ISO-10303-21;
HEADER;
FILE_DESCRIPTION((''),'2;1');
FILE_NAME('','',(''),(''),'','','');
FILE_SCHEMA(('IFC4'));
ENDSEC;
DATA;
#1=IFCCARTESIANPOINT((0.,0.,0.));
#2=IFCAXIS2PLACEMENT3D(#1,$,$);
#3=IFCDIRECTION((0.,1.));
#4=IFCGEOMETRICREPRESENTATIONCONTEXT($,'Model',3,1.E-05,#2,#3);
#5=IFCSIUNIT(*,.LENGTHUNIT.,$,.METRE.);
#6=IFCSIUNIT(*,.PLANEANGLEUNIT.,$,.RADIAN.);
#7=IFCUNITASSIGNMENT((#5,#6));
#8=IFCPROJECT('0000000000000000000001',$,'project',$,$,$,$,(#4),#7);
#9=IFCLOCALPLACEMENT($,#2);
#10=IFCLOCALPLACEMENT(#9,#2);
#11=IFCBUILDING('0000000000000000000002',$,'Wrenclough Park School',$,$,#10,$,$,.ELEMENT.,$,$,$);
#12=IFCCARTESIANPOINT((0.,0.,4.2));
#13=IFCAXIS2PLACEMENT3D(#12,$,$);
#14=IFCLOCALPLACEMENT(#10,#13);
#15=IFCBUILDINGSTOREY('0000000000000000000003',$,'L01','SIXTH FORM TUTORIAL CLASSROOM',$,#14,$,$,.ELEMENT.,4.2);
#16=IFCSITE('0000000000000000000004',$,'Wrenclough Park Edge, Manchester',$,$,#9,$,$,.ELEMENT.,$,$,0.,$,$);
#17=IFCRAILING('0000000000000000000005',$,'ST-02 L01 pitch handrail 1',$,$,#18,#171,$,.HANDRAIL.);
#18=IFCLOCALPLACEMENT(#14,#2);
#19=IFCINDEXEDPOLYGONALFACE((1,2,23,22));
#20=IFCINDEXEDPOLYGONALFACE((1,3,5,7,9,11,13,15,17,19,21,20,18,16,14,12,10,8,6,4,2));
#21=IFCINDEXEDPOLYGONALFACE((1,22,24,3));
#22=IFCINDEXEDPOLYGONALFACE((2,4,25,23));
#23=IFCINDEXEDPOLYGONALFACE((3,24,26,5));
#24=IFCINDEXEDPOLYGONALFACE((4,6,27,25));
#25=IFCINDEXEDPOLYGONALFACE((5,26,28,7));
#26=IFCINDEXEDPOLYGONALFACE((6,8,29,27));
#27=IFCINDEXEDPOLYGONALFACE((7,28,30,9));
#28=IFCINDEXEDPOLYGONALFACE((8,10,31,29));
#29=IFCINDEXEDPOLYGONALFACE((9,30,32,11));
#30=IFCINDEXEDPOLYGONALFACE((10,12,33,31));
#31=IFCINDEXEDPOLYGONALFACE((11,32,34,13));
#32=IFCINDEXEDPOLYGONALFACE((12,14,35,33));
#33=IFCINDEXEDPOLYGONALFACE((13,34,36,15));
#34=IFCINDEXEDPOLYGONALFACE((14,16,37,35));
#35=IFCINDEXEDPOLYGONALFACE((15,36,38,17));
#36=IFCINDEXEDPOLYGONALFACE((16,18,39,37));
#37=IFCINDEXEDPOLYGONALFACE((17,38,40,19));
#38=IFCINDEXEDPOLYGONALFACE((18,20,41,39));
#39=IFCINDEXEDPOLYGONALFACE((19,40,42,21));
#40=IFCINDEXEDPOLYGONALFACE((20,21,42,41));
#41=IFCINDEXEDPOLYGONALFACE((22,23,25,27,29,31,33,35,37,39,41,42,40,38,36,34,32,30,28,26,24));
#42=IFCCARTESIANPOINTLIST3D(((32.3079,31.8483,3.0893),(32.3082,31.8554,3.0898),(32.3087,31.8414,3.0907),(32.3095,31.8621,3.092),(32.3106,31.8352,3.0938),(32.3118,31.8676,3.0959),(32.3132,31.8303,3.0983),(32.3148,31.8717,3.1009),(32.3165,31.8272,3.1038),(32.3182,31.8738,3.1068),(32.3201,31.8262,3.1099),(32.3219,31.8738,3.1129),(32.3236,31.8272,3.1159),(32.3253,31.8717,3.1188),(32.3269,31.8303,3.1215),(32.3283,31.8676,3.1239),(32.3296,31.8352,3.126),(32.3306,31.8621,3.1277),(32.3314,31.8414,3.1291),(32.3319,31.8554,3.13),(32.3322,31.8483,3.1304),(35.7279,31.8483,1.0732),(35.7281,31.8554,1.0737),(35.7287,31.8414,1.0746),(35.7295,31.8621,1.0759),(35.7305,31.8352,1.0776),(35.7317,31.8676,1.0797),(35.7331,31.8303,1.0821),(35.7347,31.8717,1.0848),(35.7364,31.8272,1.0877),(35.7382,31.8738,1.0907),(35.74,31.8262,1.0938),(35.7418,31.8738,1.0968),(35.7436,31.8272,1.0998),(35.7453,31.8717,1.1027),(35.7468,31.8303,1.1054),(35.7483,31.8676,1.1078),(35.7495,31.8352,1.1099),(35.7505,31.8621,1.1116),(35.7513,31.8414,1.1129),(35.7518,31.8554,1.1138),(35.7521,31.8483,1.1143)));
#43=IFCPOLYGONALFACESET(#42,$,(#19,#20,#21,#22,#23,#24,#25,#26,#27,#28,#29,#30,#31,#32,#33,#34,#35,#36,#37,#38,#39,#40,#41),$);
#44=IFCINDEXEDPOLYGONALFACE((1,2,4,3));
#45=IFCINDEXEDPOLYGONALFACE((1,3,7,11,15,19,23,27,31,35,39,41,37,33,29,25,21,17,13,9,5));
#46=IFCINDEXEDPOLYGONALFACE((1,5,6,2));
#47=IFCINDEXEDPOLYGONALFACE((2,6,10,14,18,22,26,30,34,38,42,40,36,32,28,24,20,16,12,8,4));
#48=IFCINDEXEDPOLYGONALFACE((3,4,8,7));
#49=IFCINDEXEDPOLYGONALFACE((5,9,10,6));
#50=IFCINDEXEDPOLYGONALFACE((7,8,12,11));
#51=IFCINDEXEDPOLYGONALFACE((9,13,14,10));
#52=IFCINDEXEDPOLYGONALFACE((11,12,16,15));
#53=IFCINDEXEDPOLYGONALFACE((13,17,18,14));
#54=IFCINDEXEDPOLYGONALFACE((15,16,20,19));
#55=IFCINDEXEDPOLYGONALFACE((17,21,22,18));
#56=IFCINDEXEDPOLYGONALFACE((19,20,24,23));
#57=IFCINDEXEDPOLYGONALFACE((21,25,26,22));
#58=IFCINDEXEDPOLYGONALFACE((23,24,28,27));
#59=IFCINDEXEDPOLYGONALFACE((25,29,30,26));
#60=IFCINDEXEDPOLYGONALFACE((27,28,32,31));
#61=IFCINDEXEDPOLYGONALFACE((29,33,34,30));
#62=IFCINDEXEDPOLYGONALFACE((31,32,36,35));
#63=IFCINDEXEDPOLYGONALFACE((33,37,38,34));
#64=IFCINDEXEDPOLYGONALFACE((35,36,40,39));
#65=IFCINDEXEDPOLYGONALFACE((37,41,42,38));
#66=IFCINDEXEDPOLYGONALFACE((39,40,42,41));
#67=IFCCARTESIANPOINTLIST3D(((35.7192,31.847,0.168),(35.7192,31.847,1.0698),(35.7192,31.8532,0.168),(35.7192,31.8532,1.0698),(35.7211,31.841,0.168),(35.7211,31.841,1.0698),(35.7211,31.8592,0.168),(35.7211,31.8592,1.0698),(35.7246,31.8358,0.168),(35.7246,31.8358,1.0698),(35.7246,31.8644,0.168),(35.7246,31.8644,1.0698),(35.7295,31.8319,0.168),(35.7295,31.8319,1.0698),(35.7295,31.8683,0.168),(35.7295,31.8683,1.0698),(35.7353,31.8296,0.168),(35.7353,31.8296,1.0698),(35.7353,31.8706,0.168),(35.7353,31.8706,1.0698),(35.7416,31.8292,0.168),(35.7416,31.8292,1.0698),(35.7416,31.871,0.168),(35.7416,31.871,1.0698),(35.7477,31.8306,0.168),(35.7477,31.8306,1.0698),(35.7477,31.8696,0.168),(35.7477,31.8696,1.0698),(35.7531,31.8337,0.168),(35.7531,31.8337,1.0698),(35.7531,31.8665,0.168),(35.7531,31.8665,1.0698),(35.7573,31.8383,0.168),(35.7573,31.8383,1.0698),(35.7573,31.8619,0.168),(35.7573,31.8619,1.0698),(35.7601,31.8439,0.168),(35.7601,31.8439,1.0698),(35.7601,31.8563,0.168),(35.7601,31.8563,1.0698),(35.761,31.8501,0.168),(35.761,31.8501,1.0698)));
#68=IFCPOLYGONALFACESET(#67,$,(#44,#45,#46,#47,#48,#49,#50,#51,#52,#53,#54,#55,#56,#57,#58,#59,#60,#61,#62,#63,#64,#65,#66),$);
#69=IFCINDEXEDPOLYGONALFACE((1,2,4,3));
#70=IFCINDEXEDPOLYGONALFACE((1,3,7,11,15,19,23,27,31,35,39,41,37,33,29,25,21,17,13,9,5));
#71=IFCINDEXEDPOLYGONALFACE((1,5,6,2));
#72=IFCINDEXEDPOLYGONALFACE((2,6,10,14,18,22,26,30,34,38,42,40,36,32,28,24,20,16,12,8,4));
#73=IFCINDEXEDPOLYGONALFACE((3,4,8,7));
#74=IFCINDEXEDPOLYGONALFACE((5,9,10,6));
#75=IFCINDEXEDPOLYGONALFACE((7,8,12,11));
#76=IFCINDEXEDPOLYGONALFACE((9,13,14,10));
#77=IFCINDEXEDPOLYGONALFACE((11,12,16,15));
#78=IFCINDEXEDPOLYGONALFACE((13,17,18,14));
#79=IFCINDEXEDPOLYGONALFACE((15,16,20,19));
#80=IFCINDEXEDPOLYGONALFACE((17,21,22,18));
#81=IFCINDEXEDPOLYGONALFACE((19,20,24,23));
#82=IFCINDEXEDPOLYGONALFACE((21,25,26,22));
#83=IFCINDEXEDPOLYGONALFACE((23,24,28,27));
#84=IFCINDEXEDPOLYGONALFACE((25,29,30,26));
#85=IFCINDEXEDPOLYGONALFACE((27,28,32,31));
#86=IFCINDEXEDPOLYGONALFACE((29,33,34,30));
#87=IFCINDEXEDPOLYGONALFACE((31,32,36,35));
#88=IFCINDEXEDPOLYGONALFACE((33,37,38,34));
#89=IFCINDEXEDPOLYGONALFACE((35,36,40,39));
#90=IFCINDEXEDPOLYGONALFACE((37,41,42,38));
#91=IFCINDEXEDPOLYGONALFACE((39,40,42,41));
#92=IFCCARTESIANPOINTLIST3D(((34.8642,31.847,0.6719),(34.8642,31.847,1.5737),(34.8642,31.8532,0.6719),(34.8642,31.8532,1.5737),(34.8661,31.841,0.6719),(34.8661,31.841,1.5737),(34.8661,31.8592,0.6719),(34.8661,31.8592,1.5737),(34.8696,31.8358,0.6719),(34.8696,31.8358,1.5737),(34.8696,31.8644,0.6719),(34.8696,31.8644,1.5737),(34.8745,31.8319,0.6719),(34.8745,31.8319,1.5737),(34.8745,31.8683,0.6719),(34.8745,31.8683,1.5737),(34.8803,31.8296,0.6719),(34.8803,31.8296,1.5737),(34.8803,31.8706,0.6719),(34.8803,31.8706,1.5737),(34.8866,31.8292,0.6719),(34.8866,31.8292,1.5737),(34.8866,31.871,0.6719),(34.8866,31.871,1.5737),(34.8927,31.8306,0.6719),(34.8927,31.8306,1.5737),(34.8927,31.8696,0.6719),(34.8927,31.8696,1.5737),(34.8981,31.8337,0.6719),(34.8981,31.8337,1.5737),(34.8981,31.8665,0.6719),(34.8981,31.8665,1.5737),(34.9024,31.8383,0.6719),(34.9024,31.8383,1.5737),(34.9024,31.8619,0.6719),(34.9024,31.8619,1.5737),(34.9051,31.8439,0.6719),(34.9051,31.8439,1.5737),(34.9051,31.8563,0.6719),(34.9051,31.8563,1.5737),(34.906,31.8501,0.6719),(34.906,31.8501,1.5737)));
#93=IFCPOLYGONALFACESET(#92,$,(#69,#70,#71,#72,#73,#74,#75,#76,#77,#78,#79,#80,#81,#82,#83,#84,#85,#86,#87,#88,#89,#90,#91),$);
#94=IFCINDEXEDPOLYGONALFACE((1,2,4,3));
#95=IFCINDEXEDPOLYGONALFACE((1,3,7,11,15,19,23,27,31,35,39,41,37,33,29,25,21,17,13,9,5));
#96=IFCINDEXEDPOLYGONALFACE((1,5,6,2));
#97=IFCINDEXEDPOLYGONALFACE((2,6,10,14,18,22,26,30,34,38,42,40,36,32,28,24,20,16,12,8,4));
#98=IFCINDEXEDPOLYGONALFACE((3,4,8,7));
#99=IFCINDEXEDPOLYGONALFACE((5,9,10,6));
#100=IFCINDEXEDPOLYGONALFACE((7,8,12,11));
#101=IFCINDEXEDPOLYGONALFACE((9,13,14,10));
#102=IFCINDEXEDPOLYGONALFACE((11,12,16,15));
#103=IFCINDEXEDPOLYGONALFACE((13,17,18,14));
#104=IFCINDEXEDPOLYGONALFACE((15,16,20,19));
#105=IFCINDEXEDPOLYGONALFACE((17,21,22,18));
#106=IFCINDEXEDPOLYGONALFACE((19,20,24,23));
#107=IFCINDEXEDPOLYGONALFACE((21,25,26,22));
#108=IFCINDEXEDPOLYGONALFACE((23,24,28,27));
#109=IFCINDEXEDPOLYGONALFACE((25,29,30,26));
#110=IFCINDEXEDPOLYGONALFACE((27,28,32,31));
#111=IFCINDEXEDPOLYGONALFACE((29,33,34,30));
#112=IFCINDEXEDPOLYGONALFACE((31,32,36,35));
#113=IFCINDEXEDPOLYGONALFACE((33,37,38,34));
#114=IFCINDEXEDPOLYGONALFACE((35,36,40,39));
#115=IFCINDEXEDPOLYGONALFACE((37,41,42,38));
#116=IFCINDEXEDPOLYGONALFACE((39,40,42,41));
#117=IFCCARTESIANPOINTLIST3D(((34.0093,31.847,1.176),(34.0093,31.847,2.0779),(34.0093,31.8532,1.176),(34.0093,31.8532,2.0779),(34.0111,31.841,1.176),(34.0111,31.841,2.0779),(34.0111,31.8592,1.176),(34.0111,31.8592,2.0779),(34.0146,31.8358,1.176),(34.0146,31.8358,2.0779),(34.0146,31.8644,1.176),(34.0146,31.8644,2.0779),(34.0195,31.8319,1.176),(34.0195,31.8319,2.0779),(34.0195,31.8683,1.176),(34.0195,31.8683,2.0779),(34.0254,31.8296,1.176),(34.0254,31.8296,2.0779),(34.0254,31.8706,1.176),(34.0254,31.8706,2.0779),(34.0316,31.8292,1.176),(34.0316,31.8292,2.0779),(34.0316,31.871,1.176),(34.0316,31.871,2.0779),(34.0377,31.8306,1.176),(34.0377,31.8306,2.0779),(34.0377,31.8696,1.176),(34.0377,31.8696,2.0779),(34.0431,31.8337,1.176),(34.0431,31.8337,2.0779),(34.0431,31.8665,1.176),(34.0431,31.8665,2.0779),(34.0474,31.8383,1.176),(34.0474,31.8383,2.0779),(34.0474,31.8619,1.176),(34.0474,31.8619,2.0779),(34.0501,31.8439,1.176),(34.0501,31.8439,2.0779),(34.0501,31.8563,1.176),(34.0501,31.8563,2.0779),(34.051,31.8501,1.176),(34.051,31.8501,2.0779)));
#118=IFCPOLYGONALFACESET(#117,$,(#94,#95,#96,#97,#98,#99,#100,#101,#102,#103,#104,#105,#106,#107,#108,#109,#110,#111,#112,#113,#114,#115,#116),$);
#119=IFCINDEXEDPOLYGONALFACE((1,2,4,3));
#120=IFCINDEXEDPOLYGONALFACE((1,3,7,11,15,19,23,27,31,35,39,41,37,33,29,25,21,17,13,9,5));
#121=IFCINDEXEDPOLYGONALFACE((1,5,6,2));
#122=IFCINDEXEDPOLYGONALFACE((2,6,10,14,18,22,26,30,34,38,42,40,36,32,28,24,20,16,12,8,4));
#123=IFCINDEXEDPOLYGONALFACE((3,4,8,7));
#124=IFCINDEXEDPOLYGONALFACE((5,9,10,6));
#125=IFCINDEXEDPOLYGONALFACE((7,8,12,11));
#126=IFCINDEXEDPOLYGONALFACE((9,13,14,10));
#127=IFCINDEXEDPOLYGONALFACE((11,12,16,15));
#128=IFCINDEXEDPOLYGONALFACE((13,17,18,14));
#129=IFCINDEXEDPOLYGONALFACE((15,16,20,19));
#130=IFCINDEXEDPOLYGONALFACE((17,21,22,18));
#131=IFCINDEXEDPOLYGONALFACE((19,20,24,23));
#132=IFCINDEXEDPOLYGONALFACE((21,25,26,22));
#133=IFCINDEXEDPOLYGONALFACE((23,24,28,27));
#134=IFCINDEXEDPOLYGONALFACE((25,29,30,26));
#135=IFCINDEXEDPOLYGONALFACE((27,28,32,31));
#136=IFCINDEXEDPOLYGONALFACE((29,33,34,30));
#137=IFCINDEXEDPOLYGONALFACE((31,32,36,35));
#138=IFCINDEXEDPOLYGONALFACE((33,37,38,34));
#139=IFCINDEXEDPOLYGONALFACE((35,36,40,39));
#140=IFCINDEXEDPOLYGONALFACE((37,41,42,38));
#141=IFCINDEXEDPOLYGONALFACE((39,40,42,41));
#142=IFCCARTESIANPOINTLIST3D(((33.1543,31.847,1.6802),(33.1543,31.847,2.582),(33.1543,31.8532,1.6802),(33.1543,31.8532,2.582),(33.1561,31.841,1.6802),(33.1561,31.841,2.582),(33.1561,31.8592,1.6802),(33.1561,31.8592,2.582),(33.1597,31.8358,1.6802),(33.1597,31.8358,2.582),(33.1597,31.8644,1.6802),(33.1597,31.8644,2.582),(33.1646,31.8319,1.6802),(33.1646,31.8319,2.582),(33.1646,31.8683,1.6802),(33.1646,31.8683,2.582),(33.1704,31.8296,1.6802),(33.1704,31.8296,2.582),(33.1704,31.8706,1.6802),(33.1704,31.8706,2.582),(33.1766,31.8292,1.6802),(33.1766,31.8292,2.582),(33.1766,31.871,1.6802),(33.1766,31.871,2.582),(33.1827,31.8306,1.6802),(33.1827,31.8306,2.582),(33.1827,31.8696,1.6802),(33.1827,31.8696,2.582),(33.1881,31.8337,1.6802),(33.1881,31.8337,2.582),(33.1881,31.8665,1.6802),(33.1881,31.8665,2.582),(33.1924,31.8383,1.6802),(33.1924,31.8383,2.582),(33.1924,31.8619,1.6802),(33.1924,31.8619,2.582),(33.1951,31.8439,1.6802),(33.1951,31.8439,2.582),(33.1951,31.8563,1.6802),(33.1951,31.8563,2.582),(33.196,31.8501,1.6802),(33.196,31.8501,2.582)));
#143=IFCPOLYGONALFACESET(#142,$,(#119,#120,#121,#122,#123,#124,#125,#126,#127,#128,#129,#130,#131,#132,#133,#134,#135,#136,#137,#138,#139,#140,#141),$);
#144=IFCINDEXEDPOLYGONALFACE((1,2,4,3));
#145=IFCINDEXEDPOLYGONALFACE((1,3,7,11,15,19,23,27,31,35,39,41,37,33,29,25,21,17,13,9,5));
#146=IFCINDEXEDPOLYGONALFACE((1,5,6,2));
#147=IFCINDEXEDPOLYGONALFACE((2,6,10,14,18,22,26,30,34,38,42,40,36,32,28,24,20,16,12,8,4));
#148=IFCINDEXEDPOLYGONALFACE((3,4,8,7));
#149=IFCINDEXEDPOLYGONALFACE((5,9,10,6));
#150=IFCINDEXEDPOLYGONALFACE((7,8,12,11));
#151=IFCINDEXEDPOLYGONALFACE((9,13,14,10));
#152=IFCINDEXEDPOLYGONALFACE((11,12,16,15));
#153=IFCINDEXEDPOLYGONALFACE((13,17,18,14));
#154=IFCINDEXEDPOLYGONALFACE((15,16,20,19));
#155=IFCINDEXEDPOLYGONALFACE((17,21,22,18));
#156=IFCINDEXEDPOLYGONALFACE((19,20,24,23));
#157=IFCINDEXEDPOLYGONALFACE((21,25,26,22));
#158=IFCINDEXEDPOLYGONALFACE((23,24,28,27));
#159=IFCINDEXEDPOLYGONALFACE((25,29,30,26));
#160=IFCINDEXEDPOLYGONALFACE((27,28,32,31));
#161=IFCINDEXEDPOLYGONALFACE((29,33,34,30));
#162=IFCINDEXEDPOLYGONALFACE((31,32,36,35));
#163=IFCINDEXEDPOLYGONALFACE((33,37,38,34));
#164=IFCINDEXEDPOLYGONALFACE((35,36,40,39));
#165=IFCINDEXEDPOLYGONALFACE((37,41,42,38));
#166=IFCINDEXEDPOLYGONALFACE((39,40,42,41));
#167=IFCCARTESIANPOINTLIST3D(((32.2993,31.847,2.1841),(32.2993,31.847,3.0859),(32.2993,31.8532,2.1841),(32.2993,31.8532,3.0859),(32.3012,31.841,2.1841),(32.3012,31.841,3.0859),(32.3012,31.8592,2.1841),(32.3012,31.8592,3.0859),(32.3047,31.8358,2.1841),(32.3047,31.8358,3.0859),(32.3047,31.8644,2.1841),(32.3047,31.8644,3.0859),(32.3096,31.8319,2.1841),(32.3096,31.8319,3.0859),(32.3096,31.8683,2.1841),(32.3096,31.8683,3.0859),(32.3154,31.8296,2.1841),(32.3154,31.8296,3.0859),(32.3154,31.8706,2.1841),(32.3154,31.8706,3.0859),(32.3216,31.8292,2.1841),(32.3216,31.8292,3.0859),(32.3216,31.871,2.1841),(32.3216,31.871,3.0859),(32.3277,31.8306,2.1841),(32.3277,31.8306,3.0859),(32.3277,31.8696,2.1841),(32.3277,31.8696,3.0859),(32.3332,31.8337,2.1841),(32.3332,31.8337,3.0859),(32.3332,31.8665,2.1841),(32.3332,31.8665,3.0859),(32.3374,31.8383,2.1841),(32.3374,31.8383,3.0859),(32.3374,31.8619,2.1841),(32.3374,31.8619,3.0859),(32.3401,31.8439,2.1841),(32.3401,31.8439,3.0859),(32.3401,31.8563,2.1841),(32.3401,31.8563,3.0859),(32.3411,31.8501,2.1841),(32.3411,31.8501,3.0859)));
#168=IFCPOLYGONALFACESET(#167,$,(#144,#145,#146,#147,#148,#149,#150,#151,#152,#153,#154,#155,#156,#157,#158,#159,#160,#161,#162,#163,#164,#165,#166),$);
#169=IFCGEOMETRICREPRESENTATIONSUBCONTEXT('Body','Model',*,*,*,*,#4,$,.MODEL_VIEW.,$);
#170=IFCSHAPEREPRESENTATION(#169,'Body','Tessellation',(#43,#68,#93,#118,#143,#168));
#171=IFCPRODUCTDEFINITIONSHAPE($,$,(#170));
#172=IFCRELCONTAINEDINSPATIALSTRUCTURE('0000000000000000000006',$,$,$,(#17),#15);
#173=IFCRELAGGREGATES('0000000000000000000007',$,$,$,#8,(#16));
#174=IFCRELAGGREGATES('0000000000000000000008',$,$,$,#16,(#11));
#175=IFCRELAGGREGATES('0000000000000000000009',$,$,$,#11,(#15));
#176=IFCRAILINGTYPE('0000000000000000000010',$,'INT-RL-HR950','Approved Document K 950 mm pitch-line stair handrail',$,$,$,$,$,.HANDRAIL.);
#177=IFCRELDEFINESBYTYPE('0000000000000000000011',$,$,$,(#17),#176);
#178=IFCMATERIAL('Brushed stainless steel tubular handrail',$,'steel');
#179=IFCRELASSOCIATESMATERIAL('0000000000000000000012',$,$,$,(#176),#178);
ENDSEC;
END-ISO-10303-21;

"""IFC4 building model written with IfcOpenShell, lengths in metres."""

from ifc_helpers import new_model, si_unit, direction, frame, origin, origin_2d, place, context, subcontext, project, spatial, circle, extrude, material, type_object, element, save


model = new_model("IFC4")

# Units and contexts
model_context = context("Model", 3, precision=1e-05, world=origin(), true_north=direction((0.0, 1.0)))
body_context = subcontext(model_context, "Body", "Model", "MODEL_VIEW")
ifc_project = project(units=[si_unit("LENGTHUNIT", "METRE"), si_unit("PLANEANGLEUNIT", "RADIAN")], contexts=[model_context])

# Site, building, storey
site_placement = place(None, origin())
site = spatial("IfcSite", under=ifc_project, at=site_placement, Name="Wrenclough Park Edge, Manchester", CompositionType="ELEMENT", RefElevation=0.0)
building_placement = place(site_placement, origin())
building = spatial("IfcBuilding", under=site, at=building_placement, Name="Wrenclough Park School", CompositionType="ELEMENT")
storey_placement = place(building_placement, frame((0.0, 0.0, 4.2)))
storey = spatial("IfcBuildingStorey", under=building, at=storey_placement, Name="L01", Description="SIXTH FORM TUTORIAL CLASSROOM", CompositionType="ELEMENT", Elevation=4.2)

# Railing
ifc_material_1 = material(Name="Brushed stainless steel tubular handrail", Category="steel")
railing_type_1 = type_object("IfcRailingType", Name="INT-RL-HR950", Description="Approved Document K 950 mm pitch-line stair handrail", PredefinedType="HANDRAIL", material=ifc_material_1)
railing_1_placement = place(storey_placement, frame((35.74, 31.8501, 0.168)))
element("IfcRailing", 1, at=railing_1_placement, inside=storey, type_object=railing_type_1, Name="ST-02 L01 pitch handrail 1", PredefinedType="HANDRAIL", context=body_context, shape_type="SweptSolid", body=[
    extrude(circle(Radius=0.0239, at=origin_2d()), frame((0.0, 0.0, 0.9258), z_axis=(-0.86145, 0.0, 0.507842), x_axis=(0.0, -1.0, 0.0)), (0.0, 0.0, 1.0), 3.97),
    extrude(circle(Radius=0.021, at=origin_2d()), origin(), (0.0, 0.0, 1.0), 0.9019),
    extrude(circle(Radius=0.021, at=origin_2d()), frame((-0.855, 0.0, 0.5039)), (0.0, 0.0, 1.0), 0.9019),
    extrude(circle(Radius=0.021, at=origin_2d()), frame((-1.71, 0.0, 1.0081)), (0.0, 0.0, 1.0), 0.9019),
    extrude(circle(Radius=0.021, at=origin_2d()), frame((-2.5649, 0.0, 1.5122)), (0.0, 0.0, 1.0), 0.9019),
    extrude(circle(Radius=0.021, at=origin_2d()), frame((-3.4199, 0.0, 2.0161)), (0.0, 0.0, 1.0), 0.9019),
])

save(model, "model.ifc")
